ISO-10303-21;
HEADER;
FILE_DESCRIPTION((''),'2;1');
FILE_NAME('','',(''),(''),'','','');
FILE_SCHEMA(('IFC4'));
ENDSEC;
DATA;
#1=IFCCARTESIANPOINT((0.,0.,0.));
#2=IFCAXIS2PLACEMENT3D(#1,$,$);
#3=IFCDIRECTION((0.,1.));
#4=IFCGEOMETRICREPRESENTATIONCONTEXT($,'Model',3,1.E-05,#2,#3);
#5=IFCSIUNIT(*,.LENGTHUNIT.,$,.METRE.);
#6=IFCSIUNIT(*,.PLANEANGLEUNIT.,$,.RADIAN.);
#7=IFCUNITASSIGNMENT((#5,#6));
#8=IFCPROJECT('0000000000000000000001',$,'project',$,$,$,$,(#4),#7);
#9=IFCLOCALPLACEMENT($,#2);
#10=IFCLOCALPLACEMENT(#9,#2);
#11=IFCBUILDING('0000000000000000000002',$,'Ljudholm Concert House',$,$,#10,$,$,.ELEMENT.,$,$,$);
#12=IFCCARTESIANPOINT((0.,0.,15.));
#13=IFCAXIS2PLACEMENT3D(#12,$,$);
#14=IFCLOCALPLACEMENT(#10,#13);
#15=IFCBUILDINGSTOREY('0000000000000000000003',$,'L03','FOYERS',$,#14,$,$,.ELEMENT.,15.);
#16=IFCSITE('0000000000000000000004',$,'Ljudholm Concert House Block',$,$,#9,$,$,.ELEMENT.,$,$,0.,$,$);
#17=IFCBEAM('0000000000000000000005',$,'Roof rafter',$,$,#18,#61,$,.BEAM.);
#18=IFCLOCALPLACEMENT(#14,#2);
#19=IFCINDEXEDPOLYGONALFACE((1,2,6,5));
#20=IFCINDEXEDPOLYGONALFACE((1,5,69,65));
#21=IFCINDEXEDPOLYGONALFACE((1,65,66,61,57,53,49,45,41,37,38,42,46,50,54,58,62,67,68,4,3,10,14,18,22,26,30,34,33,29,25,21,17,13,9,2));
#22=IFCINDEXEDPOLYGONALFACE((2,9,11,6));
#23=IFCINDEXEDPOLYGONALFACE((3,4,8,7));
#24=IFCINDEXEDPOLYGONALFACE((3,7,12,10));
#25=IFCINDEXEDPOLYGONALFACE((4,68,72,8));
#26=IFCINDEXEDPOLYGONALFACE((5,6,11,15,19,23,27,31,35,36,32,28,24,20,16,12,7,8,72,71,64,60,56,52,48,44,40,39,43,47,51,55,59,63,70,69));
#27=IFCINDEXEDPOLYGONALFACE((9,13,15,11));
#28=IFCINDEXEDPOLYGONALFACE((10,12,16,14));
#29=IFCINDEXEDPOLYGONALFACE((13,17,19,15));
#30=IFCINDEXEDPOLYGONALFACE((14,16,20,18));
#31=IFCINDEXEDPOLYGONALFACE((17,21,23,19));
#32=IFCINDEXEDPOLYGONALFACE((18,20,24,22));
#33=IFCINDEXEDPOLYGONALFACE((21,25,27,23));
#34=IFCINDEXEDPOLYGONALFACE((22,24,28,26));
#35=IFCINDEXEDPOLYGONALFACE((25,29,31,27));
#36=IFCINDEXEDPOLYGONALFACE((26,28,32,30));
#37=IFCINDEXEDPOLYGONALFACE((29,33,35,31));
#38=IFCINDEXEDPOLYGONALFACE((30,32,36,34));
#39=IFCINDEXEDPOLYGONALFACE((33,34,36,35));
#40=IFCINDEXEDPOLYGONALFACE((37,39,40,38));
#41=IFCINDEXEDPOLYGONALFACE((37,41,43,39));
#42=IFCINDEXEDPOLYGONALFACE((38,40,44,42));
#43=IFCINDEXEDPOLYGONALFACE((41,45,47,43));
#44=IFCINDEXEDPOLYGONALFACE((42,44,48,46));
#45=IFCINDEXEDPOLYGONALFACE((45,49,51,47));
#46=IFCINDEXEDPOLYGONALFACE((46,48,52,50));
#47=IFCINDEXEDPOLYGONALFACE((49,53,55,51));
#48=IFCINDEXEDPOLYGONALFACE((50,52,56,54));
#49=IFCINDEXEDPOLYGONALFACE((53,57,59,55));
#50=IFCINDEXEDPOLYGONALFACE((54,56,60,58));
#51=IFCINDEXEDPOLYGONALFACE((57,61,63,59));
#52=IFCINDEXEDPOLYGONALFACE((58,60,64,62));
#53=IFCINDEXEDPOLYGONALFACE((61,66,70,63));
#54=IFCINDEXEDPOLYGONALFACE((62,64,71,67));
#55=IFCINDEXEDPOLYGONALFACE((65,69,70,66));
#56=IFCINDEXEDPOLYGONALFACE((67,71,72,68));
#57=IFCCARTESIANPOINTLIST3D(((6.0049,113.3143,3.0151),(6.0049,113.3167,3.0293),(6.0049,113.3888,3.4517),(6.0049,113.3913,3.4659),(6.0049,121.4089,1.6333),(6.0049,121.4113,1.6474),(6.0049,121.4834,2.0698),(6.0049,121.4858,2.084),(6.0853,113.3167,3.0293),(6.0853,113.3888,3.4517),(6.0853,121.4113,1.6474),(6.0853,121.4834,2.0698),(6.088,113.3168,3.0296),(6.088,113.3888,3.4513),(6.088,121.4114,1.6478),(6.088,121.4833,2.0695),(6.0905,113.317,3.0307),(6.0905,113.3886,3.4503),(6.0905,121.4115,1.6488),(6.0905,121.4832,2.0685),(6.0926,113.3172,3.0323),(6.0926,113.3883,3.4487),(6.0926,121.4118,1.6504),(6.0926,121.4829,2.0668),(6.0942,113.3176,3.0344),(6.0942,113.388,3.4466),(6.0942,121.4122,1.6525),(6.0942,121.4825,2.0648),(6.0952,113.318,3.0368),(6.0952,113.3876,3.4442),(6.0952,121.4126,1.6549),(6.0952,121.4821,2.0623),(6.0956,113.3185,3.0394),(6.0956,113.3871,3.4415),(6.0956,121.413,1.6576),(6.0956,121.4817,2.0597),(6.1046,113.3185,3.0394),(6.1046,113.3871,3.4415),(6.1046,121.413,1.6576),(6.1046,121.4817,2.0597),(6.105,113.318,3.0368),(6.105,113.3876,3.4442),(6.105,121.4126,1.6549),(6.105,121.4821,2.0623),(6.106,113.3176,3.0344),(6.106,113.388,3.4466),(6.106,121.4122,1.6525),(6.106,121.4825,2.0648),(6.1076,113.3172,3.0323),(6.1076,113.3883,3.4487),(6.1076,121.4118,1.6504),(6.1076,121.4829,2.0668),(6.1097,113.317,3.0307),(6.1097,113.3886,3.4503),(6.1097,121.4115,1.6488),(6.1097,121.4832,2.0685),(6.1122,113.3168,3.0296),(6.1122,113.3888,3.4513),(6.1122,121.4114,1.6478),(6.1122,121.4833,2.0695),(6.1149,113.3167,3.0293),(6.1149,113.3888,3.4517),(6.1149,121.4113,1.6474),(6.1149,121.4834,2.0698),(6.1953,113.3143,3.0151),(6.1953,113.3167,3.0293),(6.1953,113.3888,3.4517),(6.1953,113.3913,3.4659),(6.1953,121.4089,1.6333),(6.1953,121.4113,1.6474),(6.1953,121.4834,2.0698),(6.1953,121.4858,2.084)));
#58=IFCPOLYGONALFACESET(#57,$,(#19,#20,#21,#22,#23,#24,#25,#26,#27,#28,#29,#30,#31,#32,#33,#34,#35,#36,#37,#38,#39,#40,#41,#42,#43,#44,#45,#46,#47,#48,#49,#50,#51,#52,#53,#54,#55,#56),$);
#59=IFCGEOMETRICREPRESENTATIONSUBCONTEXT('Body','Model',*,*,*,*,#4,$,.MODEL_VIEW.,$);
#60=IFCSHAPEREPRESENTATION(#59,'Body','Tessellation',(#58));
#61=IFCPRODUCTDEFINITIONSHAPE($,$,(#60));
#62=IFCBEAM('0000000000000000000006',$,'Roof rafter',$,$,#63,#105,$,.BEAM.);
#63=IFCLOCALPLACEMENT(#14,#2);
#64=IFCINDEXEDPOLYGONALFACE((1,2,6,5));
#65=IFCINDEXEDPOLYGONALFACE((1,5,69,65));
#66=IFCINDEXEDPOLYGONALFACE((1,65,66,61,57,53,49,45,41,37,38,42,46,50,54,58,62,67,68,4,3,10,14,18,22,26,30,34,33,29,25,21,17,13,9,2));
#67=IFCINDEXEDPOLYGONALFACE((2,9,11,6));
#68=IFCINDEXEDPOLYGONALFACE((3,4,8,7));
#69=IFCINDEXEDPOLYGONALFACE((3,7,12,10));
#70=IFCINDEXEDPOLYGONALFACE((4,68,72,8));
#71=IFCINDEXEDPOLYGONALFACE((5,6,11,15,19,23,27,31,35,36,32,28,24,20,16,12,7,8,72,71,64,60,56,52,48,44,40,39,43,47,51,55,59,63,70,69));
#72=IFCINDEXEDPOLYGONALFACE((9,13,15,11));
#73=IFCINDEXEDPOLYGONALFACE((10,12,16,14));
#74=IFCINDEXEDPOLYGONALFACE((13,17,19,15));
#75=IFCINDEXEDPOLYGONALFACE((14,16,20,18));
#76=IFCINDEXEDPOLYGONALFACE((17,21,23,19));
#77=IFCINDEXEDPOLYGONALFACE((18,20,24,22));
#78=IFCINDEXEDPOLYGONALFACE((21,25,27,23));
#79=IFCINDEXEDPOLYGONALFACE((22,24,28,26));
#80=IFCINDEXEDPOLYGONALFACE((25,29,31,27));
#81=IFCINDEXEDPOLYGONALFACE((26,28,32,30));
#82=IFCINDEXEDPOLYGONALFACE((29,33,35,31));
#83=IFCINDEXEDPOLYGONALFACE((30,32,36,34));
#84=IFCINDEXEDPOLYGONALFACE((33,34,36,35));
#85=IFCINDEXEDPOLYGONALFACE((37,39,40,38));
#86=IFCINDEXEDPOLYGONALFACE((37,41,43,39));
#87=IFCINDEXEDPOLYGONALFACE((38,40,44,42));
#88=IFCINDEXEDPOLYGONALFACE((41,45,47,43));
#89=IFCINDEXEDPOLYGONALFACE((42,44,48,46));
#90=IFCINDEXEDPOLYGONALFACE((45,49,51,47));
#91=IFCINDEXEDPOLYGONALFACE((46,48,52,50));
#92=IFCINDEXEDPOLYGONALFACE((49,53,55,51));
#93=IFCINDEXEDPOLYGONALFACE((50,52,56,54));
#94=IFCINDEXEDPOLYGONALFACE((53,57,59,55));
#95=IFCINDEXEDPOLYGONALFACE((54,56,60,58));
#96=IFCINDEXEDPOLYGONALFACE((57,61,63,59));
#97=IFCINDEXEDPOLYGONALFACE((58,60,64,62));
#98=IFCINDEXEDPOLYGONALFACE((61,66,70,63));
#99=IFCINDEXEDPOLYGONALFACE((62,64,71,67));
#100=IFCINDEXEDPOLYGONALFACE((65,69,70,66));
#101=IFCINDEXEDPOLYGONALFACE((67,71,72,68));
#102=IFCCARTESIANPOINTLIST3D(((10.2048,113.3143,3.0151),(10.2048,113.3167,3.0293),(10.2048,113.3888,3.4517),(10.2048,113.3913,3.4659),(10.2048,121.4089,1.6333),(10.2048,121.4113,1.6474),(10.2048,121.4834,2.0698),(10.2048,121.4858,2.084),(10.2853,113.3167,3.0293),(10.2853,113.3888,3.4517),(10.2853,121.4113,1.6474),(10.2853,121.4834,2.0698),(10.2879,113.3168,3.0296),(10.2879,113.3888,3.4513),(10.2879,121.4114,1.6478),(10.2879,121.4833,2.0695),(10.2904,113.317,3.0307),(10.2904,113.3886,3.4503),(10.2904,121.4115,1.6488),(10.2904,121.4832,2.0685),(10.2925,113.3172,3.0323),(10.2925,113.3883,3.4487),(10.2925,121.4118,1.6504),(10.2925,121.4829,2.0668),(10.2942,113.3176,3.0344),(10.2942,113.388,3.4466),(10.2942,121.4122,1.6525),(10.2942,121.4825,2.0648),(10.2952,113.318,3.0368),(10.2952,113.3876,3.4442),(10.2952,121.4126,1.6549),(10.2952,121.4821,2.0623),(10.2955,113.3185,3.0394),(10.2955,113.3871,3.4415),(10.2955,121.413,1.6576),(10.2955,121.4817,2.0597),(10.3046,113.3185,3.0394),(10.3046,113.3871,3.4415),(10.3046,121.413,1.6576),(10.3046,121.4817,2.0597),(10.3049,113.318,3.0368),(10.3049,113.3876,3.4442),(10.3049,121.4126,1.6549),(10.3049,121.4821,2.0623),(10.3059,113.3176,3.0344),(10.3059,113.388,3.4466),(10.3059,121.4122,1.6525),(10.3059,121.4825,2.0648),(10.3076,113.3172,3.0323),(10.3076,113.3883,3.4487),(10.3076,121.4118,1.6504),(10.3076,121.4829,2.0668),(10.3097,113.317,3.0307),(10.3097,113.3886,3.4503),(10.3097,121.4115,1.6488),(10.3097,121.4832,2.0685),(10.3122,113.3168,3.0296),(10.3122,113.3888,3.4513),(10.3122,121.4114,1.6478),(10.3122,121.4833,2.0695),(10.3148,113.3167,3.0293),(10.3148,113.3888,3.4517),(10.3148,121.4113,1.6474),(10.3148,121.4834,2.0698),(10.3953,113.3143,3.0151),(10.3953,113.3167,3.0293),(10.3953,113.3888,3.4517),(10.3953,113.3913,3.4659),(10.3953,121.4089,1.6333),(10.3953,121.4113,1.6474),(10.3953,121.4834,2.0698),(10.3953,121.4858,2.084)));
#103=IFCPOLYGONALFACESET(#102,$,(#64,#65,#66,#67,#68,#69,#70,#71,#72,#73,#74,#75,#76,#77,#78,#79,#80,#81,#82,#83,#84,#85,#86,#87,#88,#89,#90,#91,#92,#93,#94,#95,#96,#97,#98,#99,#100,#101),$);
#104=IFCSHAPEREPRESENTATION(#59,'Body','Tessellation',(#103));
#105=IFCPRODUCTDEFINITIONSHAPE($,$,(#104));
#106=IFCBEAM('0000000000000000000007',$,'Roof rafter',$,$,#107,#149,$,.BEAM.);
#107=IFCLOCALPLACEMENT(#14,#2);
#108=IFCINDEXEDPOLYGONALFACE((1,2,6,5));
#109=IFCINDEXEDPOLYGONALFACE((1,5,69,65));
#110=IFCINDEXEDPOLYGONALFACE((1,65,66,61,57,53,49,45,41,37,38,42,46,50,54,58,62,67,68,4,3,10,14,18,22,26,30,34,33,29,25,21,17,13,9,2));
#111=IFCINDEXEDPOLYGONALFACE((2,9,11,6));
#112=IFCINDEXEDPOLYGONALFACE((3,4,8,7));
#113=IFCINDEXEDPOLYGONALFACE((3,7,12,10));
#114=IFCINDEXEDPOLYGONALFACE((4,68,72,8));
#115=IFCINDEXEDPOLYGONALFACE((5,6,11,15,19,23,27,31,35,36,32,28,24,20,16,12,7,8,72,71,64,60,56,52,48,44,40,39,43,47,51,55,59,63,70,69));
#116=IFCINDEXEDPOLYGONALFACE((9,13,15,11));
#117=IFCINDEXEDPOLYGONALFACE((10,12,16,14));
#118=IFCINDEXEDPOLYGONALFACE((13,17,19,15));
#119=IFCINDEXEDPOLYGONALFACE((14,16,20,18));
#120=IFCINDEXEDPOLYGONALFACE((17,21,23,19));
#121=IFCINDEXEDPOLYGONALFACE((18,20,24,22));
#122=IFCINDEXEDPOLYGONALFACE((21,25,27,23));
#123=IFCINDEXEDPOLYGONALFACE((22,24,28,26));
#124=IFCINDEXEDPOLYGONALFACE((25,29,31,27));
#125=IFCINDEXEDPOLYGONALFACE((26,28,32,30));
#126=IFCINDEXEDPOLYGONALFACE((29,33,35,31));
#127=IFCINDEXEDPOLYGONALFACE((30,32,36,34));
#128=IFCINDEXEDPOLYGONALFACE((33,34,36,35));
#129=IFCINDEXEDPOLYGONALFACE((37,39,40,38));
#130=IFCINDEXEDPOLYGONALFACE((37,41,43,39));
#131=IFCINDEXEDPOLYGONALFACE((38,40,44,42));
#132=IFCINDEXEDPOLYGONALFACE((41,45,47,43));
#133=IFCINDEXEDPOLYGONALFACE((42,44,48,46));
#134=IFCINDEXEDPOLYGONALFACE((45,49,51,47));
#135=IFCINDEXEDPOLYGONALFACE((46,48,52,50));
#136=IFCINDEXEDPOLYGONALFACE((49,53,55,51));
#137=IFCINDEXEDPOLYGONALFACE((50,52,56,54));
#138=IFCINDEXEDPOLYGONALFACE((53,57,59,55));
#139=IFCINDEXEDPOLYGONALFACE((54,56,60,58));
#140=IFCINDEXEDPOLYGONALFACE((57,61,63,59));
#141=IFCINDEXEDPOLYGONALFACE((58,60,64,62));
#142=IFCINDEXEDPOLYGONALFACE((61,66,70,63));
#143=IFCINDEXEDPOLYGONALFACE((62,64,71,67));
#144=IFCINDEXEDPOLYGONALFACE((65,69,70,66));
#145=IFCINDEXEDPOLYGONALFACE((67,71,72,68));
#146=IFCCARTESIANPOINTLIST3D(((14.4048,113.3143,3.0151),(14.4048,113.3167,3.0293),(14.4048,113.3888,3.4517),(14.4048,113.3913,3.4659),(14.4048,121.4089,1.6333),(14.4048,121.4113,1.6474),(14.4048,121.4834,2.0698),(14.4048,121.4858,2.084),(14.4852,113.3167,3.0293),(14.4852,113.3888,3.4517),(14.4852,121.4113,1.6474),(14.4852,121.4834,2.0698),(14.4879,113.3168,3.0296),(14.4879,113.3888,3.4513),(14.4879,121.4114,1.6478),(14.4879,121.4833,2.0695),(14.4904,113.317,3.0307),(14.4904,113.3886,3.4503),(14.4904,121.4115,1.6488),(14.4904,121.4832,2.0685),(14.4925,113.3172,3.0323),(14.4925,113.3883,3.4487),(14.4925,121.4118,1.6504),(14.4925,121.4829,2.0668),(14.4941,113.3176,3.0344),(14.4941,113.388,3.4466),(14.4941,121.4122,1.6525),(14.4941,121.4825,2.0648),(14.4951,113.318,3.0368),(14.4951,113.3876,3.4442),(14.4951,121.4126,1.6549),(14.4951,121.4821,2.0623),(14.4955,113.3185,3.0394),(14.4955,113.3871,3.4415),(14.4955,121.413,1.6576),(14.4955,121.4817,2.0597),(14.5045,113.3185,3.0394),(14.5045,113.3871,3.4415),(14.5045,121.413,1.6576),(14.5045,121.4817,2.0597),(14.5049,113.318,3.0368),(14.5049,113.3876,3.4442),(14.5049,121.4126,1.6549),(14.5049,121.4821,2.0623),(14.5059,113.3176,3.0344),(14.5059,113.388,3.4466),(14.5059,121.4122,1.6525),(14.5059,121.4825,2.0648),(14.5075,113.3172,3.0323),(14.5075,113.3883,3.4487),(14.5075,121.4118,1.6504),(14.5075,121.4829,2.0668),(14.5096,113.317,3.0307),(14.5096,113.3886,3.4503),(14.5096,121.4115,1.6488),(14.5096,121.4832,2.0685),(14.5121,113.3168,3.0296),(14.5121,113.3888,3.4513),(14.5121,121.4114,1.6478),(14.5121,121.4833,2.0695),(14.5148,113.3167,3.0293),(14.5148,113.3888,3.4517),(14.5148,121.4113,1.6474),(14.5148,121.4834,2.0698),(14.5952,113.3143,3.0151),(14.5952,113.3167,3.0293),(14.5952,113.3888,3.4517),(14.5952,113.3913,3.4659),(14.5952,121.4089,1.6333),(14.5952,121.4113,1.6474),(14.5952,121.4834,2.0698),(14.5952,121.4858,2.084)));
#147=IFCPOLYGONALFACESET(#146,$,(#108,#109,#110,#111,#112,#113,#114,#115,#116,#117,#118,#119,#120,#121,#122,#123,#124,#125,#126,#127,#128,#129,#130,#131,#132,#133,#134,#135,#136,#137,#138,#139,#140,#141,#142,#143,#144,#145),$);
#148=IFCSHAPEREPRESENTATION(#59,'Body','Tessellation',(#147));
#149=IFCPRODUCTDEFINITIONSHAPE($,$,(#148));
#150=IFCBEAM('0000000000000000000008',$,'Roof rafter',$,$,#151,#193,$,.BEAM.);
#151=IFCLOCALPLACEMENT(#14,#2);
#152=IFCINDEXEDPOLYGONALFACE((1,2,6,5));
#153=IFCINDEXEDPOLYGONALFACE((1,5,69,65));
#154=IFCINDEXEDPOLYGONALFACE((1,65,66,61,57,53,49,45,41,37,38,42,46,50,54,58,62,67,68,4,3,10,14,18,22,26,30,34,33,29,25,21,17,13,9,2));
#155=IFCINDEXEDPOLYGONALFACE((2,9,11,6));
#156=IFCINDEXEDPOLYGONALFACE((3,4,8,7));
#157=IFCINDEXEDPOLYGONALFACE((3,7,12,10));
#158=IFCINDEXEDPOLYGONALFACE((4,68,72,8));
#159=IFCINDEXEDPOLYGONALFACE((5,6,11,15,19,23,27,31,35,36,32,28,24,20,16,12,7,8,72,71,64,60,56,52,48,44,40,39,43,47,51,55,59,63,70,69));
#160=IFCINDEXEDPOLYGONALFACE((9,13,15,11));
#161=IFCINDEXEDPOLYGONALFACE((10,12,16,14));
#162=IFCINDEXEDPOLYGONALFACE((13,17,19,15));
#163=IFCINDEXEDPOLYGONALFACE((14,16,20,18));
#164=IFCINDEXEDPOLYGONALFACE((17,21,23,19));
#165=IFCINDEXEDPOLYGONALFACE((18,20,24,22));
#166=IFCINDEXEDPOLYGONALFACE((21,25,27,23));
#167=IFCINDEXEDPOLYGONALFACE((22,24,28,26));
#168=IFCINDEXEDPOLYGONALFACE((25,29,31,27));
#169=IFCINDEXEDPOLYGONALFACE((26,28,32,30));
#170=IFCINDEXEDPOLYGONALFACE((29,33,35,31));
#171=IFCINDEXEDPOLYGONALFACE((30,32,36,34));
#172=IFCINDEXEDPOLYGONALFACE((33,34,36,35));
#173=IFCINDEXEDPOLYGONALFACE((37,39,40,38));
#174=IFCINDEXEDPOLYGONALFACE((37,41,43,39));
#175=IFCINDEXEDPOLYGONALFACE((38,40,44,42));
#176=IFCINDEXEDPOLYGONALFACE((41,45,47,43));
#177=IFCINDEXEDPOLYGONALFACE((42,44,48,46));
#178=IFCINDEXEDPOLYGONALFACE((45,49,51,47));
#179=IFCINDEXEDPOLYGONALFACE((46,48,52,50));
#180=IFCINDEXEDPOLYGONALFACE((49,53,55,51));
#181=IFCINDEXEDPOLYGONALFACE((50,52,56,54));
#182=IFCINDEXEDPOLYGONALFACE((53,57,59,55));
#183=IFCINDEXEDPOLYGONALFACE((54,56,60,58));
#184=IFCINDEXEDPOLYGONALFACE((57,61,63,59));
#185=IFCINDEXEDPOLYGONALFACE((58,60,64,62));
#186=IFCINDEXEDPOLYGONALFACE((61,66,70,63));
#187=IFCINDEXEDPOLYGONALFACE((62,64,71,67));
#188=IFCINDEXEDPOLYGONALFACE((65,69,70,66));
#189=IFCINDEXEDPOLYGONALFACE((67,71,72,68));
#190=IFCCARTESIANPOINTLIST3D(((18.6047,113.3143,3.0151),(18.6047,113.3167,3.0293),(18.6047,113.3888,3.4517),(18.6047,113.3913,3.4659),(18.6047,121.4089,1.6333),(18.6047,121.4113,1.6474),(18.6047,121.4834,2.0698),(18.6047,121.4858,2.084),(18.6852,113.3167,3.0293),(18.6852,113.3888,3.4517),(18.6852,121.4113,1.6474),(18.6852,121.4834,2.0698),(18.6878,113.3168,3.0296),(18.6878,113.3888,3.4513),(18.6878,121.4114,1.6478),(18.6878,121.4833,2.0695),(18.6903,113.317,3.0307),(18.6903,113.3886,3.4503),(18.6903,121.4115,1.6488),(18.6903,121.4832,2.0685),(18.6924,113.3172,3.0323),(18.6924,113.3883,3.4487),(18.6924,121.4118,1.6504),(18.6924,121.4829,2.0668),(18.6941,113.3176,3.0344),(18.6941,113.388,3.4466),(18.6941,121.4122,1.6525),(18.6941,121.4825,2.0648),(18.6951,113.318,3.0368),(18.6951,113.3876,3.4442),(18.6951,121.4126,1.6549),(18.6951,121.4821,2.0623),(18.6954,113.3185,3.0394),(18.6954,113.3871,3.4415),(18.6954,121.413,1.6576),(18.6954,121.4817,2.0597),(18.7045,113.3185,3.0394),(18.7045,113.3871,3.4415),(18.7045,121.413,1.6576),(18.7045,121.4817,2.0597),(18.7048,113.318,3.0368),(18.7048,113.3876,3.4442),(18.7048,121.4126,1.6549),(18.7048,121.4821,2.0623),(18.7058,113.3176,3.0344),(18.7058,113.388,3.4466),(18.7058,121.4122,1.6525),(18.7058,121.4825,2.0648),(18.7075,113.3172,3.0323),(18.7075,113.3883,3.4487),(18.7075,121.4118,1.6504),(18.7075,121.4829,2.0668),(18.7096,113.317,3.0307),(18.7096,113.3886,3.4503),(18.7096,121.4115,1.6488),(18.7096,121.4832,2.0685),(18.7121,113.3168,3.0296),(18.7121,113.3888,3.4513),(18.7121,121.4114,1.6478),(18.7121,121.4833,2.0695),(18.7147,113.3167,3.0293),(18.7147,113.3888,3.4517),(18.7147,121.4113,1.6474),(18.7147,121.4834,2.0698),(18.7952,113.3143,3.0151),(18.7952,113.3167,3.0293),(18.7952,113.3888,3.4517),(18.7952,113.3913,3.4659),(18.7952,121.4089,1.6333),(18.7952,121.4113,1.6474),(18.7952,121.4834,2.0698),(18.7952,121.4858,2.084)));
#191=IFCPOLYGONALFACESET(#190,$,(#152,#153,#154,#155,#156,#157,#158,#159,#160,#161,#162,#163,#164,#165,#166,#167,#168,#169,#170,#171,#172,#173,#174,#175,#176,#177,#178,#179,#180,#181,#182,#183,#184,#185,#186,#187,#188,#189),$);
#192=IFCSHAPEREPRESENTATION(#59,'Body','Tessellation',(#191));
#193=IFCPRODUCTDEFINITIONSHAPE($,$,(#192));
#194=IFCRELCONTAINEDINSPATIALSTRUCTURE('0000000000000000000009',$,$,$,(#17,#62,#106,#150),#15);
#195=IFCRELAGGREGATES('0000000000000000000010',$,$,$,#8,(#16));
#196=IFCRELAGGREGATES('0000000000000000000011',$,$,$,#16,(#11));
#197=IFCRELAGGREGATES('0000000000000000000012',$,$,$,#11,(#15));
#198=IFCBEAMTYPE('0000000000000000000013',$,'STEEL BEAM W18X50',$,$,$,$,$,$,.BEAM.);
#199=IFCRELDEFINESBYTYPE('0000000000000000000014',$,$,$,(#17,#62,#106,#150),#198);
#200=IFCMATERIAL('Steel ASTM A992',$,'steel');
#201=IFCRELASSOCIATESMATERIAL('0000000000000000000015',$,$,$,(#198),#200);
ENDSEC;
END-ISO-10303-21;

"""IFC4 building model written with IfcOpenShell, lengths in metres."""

from ifc_helpers import new_model, si_unit, direction, frame, origin, origin_2d, place, context, subcontext, project, spatial, i_section, extrude, material, material_profile, profile_set, type_object, element, save


model = new_model("IFC4")

# Units and contexts
model_context = context("Model", 3, precision=1e-05, world=origin(), true_north=direction((0.0, 1.0)))
body_context = subcontext(model_context, "Body", "Model", "MODEL_VIEW")
ifc_project = project(units=[si_unit("LENGTHUNIT", "METRE"), si_unit("PLANEANGLEUNIT", "RADIAN")], contexts=[model_context])

# Site, building, storey
site_placement = place(None, origin())
site = spatial("IfcSite", under=ifc_project, at=site_placement, Name="Ljudholm Concert House Block", CompositionType="ELEMENT", RefElevation=0.0)
building_placement = place(site_placement, origin())
building = spatial("IfcBuilding", under=site, at=building_placement, Name="Ljudholm Concert House", CompositionType="ELEMENT")
storey_placement = place(building_placement, frame((0.0, 0.0, 15.0)))
storey = spatial("IfcBuildingStorey", under=building, at=storey_placement, Name="L03", Description="FOYERS", CompositionType="ELEMENT", Elevation=15.0)

# Beams
ifc_material_1 = material(Name="Steel ASTM A992", Category="steel")
ifc_material_profile_1 = material_profile(ifc_material_1, i_section(OverallWidth=0.1904, OverallDepth=0.4573, WebThickness=0.009, FlangeThickness=0.0144, FilletRadius=0.0103, at=origin_2d()), Name="W18X50")
ifc_profile_set_1 = profile_set([ifc_material_profile_1], Name="Steel ASTM A992")
beam_type_1 = type_object("IfcBeamType", Name="STEEL BEAM W18X50", PredefinedType="BEAM", material=ifc_profile_set_1)
for number, where, z_axis, x_axis, name in (
    (1, (6.1001, 113.3528, 3.2405), (0.0, 0.985739, -0.168279), (-1.0, 0.0, 0.0), "Roof rafter"),
    (2, (10.3, 113.3528, 3.2405), (0.0, 0.985739, -0.168279), (-1.0, 0.0, 0.0), "Roof rafter"),
    (3, (14.5, 113.3528, 3.2405), (0.0, 0.985739, -0.168279), (-1.0, 0.0, 0.0), "Roof rafter"),
    (4, (18.7, 113.3528, 3.2405), (0.0, 0.985739, -0.168279), (-1.0, 0.0, 0.0), "Roof rafter"),
):
    element("IfcBeam", number, at=place(storey_placement, frame(where, z_axis=z_axis, x_axis=x_axis)), inside=storey, type_object=beam_type_1, Name=name, PredefinedType="BEAM", context=body_context, shape_type="SweptSolid", body=[
        extrude(i_section(OverallWidth=0.1904, OverallDepth=0.4573, WebThickness=0.009, FlangeThickness=0.0144, FilletRadius=0.0103, at=origin_2d()), origin(), (0.0, 0.0, 1.0), 8.2117),
    ])

save(model, "model.ifc")
